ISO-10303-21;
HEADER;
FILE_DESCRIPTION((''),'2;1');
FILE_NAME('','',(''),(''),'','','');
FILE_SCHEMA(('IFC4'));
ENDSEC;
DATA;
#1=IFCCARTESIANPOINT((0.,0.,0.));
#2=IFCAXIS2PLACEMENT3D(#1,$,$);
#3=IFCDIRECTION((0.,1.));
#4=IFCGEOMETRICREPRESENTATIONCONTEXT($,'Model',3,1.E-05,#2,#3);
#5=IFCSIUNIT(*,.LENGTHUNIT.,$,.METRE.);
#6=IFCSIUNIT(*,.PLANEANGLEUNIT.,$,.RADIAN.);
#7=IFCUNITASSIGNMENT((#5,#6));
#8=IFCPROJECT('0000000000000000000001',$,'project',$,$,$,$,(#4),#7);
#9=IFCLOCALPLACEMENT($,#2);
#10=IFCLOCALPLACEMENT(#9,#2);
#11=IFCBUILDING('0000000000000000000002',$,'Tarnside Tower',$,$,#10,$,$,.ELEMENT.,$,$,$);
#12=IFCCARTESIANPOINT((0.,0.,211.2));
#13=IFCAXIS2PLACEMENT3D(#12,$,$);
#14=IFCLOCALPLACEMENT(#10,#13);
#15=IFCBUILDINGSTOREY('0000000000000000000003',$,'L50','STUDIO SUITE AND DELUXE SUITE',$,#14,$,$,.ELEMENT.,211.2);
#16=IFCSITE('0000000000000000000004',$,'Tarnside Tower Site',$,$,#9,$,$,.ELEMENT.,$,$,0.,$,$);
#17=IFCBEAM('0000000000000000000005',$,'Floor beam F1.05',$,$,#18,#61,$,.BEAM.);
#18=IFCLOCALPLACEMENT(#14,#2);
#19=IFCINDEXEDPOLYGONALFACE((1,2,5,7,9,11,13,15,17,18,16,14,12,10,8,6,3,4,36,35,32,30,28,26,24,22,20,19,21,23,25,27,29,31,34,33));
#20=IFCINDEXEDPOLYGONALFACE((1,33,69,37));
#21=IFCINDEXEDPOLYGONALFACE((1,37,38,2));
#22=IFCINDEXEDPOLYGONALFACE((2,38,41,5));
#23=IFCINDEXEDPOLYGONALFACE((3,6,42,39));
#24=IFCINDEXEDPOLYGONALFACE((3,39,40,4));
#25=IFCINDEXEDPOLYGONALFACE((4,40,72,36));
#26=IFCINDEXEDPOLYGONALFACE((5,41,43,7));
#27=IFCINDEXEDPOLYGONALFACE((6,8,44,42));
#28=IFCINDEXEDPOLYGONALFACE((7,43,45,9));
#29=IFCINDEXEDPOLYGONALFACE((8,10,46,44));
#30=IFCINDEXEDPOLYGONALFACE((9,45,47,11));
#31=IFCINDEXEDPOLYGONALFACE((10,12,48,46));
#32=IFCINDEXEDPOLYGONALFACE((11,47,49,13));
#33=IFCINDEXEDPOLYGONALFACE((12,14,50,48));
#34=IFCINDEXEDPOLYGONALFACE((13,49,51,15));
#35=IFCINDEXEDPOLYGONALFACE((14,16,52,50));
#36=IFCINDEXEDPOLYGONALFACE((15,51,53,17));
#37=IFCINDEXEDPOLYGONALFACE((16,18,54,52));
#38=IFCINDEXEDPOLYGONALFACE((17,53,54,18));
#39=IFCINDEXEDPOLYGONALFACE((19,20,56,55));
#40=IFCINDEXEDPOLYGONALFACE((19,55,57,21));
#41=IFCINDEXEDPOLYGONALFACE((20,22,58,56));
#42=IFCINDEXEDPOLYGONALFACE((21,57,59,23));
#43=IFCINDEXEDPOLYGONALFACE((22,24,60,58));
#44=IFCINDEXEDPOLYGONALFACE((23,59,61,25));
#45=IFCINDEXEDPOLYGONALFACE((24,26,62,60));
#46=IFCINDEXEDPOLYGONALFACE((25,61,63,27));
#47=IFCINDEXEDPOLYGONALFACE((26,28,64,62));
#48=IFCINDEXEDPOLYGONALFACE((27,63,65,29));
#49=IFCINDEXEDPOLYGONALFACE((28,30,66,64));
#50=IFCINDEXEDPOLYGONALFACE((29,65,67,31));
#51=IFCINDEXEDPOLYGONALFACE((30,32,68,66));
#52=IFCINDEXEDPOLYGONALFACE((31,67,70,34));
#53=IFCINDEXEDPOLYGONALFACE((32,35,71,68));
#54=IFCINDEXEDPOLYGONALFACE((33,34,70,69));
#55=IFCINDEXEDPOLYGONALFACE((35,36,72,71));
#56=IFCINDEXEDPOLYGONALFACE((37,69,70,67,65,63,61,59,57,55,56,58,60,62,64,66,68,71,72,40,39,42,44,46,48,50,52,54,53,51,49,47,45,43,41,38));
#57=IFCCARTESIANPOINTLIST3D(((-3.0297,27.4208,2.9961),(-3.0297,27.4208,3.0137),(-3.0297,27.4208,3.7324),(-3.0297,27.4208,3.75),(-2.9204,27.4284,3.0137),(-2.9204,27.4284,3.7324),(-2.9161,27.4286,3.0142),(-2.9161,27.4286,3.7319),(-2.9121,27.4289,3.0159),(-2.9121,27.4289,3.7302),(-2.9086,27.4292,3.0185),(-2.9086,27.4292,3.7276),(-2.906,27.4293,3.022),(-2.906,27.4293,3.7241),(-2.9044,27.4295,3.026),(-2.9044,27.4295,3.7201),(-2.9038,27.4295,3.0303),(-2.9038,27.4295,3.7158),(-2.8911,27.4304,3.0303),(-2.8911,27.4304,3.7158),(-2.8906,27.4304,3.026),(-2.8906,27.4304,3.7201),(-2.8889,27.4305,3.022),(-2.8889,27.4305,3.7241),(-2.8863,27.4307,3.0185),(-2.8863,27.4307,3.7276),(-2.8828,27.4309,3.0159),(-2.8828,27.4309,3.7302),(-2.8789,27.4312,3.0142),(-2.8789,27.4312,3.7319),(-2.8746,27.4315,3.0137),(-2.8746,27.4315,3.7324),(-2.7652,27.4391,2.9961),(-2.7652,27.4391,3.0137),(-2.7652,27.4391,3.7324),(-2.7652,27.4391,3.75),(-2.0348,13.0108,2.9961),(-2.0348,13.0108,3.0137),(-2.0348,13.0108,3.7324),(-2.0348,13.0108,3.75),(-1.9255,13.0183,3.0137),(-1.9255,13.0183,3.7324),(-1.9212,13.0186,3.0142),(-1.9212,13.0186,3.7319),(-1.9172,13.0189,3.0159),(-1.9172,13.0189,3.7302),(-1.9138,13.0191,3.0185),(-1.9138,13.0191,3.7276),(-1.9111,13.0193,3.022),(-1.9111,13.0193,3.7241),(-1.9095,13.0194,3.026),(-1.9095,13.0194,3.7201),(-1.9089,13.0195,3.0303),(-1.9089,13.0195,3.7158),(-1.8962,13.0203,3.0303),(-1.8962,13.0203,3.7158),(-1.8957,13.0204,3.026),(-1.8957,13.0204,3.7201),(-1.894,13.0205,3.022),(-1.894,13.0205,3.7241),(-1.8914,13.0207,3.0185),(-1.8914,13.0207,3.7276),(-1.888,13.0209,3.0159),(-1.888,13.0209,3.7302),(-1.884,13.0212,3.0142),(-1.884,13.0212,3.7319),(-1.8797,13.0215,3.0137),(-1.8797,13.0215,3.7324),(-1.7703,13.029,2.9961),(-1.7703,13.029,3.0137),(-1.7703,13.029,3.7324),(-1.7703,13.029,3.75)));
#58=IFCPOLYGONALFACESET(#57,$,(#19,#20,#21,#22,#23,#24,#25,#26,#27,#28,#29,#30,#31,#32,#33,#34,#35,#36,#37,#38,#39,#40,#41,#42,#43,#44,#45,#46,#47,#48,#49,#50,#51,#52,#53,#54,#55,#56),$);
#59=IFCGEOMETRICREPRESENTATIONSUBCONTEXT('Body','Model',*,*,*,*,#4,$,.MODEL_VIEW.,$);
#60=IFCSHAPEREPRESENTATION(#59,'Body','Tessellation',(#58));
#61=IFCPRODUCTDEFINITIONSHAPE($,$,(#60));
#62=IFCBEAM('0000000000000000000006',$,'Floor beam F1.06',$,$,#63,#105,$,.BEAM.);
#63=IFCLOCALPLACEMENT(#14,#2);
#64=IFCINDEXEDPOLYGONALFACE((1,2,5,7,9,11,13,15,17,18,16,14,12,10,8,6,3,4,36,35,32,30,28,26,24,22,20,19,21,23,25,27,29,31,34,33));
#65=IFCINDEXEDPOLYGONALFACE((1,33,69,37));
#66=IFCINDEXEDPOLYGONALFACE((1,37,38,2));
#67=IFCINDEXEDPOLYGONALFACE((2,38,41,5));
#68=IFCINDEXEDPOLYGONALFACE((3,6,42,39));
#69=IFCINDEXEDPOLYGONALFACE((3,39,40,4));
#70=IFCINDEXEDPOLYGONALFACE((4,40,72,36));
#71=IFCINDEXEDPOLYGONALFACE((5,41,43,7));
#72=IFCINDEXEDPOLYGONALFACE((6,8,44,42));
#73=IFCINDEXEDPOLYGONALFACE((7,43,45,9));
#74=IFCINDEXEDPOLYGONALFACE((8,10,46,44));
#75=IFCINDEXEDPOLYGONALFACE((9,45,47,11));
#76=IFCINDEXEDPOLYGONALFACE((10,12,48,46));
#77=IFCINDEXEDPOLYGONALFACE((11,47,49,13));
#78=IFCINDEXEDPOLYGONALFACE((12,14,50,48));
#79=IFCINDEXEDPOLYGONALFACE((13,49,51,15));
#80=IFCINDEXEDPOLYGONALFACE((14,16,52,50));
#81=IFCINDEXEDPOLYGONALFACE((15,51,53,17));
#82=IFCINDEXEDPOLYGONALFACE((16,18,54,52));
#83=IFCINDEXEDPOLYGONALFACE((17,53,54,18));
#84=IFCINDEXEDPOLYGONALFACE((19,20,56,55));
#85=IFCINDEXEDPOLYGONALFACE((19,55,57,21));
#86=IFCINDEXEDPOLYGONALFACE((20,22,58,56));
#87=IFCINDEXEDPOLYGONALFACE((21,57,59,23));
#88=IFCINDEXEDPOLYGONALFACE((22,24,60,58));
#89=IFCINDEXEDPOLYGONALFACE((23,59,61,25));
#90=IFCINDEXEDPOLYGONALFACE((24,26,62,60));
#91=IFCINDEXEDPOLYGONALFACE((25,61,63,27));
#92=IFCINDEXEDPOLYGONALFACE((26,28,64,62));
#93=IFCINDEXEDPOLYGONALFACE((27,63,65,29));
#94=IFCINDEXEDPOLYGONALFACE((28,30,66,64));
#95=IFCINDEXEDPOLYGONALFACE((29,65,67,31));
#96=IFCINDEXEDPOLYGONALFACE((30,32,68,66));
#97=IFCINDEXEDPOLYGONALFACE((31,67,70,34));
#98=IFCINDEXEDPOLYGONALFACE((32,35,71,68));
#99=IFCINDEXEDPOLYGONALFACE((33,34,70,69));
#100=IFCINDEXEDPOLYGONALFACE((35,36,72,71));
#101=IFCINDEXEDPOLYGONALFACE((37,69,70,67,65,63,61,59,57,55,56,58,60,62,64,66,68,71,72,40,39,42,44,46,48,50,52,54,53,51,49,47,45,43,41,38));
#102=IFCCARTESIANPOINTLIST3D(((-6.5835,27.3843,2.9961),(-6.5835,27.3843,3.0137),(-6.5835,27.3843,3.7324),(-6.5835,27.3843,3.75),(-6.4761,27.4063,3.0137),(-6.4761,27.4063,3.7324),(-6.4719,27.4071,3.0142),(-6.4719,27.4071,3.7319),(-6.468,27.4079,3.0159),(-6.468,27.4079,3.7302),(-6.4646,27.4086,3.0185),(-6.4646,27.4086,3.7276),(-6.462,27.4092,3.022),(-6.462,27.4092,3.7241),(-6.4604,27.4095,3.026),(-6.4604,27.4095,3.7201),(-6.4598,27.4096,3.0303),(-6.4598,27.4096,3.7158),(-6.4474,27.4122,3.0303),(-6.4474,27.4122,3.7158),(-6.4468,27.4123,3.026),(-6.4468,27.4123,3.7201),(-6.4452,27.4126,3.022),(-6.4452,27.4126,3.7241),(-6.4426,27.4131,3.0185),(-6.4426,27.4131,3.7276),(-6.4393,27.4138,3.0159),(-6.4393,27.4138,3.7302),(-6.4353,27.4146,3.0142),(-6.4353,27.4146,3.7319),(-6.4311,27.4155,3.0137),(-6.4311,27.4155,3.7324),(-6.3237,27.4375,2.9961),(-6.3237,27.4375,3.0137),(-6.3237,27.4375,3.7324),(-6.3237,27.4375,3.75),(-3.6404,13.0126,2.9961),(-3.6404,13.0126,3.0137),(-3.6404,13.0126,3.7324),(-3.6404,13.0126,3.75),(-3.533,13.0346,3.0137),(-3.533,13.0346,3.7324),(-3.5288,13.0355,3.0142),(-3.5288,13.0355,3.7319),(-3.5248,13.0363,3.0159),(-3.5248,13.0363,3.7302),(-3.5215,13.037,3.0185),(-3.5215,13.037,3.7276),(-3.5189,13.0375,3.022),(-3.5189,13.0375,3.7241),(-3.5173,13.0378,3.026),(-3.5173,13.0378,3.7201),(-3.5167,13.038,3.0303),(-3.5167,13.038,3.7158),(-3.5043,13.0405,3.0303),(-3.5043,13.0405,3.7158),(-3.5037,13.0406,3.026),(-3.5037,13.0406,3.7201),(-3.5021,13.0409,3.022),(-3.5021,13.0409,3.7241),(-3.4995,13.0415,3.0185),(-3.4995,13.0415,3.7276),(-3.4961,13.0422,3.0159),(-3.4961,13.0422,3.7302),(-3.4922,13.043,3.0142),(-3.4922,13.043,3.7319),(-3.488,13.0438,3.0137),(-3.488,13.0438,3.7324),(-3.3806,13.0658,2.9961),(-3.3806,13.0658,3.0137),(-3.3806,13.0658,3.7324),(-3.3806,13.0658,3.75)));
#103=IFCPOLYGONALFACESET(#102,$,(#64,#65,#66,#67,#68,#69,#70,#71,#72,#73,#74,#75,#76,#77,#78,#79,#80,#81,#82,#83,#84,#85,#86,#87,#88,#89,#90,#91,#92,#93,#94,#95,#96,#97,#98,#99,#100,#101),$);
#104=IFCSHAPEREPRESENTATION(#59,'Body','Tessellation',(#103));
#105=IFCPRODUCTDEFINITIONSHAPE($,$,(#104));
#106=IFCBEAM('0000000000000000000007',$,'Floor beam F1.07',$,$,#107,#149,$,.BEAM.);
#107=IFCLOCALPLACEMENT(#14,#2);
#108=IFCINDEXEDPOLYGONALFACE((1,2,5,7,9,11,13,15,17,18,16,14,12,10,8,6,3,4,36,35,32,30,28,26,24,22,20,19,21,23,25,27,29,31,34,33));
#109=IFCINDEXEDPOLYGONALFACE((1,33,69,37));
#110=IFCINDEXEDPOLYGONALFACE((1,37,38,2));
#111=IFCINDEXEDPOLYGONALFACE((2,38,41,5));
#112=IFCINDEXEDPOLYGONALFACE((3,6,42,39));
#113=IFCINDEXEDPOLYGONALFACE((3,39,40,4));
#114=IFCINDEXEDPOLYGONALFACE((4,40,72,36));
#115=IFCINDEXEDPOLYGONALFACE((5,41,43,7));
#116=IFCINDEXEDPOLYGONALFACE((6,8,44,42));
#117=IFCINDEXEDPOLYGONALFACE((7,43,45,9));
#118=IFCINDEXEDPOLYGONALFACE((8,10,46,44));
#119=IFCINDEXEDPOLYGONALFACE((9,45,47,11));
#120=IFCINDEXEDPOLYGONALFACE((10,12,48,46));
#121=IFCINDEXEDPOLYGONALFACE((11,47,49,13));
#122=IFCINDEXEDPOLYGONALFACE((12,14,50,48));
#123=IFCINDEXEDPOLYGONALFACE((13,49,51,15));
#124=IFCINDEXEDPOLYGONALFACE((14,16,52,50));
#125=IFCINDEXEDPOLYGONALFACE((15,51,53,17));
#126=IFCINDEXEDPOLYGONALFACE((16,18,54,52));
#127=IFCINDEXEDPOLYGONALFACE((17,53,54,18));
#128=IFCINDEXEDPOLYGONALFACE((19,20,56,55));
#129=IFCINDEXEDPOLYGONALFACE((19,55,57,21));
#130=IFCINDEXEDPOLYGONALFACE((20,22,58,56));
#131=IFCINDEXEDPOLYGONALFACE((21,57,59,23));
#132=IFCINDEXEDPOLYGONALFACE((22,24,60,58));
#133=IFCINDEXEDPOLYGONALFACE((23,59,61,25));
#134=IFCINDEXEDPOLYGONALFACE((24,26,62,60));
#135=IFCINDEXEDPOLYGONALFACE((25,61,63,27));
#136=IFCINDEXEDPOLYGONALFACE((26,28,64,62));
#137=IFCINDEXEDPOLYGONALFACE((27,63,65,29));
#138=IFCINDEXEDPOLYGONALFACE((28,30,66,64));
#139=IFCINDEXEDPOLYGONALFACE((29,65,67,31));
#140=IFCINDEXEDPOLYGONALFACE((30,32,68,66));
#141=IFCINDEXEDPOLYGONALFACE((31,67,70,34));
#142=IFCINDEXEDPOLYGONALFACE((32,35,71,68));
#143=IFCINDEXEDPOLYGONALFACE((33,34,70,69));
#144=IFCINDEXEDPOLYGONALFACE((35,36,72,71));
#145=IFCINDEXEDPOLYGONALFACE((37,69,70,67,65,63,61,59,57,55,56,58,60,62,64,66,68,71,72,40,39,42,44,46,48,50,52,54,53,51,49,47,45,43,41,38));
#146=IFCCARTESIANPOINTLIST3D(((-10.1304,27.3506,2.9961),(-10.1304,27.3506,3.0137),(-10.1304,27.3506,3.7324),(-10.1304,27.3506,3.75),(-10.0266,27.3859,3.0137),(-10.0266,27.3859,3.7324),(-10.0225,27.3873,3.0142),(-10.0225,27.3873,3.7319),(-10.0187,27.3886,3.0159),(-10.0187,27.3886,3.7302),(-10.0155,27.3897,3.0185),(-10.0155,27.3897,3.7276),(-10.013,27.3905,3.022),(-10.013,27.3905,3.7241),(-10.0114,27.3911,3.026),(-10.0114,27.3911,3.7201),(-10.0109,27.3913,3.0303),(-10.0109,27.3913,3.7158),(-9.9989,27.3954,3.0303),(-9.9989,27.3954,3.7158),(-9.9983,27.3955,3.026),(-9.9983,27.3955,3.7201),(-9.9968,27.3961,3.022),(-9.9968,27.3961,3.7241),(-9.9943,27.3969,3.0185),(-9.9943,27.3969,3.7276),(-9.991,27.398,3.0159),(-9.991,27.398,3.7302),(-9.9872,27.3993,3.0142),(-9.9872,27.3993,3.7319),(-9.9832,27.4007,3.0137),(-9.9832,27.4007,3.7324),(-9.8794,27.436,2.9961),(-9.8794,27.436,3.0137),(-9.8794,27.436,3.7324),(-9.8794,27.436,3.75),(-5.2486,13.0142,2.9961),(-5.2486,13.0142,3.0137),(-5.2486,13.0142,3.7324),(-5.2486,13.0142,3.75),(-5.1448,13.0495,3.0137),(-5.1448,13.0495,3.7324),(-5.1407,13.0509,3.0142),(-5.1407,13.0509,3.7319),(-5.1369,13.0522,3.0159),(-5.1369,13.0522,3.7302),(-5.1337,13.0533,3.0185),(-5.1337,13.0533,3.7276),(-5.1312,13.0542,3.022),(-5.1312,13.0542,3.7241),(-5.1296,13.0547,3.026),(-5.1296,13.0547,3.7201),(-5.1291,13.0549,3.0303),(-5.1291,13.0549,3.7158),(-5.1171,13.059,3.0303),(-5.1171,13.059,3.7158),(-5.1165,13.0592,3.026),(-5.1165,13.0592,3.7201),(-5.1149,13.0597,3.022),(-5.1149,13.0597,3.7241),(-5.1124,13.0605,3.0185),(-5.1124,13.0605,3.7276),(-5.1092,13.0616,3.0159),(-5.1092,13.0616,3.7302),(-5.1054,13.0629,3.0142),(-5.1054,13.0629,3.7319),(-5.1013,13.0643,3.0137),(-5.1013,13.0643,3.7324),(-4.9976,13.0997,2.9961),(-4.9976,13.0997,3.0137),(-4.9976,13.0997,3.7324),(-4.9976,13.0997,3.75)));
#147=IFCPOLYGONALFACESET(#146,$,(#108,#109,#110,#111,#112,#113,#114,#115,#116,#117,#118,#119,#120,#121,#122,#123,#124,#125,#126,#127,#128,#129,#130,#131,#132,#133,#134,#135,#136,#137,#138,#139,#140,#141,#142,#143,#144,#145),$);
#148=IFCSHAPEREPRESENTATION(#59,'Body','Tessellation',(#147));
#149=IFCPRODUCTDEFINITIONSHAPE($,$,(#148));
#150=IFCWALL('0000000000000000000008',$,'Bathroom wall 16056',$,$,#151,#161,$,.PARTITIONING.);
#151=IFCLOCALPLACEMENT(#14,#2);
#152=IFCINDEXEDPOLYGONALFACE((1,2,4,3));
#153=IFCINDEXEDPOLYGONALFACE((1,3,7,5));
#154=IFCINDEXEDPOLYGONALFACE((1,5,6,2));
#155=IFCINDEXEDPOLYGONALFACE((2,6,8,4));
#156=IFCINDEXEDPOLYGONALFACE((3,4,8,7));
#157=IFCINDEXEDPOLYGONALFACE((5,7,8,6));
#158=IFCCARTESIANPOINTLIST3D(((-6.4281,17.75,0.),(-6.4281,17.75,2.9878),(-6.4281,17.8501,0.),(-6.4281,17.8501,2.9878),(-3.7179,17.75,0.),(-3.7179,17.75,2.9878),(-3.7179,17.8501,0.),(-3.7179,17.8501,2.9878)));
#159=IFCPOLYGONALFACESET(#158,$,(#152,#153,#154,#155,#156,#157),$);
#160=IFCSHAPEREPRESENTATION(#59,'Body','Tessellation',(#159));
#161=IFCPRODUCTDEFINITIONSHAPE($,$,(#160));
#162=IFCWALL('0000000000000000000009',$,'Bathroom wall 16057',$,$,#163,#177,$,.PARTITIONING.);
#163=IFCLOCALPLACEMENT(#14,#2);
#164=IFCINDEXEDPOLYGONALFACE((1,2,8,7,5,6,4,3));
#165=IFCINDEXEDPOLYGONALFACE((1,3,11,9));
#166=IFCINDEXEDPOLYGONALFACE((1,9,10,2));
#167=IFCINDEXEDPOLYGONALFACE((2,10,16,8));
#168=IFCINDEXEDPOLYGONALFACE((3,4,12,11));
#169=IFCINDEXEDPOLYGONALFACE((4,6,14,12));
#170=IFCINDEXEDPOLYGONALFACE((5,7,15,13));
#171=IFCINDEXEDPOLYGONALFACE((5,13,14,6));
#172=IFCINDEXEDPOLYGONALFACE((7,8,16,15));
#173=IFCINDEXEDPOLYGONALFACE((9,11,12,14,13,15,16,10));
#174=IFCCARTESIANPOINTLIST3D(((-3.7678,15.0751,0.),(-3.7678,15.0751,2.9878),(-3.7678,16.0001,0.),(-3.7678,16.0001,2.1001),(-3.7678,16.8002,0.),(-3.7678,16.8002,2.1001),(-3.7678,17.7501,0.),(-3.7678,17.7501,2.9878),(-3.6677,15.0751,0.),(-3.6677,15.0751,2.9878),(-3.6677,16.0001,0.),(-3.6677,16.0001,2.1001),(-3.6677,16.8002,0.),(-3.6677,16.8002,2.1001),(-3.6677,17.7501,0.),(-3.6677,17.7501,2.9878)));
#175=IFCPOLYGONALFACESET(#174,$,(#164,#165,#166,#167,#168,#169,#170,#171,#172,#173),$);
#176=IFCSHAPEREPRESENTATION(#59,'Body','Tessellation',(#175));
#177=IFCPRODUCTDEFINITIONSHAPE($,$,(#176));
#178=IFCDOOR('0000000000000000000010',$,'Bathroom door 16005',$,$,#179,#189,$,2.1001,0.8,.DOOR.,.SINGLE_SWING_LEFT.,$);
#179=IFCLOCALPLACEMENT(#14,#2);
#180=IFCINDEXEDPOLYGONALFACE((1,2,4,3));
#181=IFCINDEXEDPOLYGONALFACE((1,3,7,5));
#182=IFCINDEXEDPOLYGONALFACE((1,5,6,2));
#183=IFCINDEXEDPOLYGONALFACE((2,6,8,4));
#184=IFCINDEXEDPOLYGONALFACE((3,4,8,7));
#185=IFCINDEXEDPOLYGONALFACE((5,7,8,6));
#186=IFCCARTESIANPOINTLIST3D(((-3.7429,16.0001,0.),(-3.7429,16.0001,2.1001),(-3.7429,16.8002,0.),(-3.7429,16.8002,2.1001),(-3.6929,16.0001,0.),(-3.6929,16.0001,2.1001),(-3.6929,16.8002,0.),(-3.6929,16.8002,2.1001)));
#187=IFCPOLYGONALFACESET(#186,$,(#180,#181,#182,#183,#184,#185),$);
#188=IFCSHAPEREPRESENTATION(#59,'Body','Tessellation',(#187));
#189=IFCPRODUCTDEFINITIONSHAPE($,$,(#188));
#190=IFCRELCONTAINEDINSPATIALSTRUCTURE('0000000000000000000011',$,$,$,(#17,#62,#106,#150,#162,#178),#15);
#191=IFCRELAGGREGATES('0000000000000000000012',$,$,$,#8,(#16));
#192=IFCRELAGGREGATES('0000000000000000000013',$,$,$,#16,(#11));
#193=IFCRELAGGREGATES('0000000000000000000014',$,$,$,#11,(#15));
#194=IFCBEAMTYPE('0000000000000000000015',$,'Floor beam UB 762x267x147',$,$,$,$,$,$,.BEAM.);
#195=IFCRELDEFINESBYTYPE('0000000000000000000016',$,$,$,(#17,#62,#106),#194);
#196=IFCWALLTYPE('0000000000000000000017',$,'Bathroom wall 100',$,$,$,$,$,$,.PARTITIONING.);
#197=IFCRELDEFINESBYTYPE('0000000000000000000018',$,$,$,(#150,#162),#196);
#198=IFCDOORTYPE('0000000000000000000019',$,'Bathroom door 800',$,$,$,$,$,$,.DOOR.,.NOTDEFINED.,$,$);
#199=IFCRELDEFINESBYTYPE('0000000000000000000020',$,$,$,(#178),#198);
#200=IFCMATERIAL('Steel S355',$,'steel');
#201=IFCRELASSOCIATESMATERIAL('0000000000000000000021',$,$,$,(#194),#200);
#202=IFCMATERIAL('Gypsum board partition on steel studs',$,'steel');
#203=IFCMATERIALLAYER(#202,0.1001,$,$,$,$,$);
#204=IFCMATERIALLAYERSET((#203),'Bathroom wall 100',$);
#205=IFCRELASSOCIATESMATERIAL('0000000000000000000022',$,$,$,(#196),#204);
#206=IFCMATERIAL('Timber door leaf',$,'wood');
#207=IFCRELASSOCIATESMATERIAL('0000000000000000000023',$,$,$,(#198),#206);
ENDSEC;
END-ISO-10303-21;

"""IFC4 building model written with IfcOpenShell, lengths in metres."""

from ifc_helpers import new_model, si_unit, direction, frame, frame_2d, origin, origin_2d, place, context, subcontext, project, spatial, rectangle, i_section, extrude, material, layer, layer_set, material_profile, profile_set, type_object, element, fill, save


model = new_model("IFC4")

# Units and contexts
model_context = context("Model", 3, precision=1e-05, world=origin(), true_north=direction((0.0, 1.0)))
body_context = subcontext(model_context, "Body", "Model", "MODEL_VIEW")
ifc_project = project(units=[si_unit("LENGTHUNIT", "METRE"), si_unit("PLANEANGLEUNIT", "RADIAN")], contexts=[model_context])

# Site, building, storey
site_placement = place(None, origin())
site = spatial("IfcSite", under=ifc_project, at=site_placement, Name="Tarnside Tower Site", CompositionType="ELEMENT", RefElevation=0.0)
building_placement = place(site_placement, origin())
building = spatial("IfcBuilding", under=site, at=building_placement, Name="Tarnside Tower", CompositionType="ELEMENT")
storey_placement = place(building_placement, frame((0.0, 0.0, 211.2)))
storey = spatial("IfcBuildingStorey", under=building, at=storey_placement, Name="L50", Description="STUDIO SUITE AND DELUXE SUITE", CompositionType="ELEMENT", Elevation=211.2)

# Beams
ifc_material_1 = material(Name="Steel S355", Category="steel")
ifc_material_profile = material_profile(ifc_material_1, i_section(OverallWidth=0.2651, OverallDepth=0.7539, WebThickness=0.0127, FlangeThickness=0.0176, FilletRadius=0.0166, at=origin_2d()), Name="UB 762x267x147")
ifc_profile_set = profile_set([ifc_material_profile], Name="Steel S355")
beam_type = type_object("IfcBeamType", Name="Floor beam UB 762x267x147", PredefinedType="BEAM", material=ifc_profile_set)
beam_1_placement = place(storey_placement, frame((-2.8975, 27.4299, 3.373), z_axis=(0.068877, -0.997625, 0.0), x_axis=(0.997625, 0.068877, 0.0)))
element("IfcBeam", 1, at=beam_1_placement, inside=storey, type_object=beam_type, Name="Floor beam F1.05", PredefinedType="BEAM", context=body_context, shape_type="SweptSolid", body=[
    extrude(i_section(OverallWidth=0.2651, OverallDepth=0.7539, WebThickness=0.0127, FlangeThickness=0.0176, FilletRadius=0.0166, at=origin_2d()), origin(), (0.0, 0.0, 1.0), 14.4443),
])
beam_2_placement = place(storey_placement, frame((-6.4536, 27.4109, 3.373), z_axis=(0.200623, -0.979668, 0.0), x_axis=(0.979668, 0.200623, 0.0)))
element("IfcBeam", 2, at=beam_2_placement, inside=storey, type_object=beam_type, Name="Floor beam F1.06", PredefinedType="BEAM", context=body_context, shape_type="SweptSolid", body=[
    extrude(i_section(OverallWidth=0.2651, OverallDepth=0.7539, WebThickness=0.0127, FlangeThickness=0.0176, FilletRadius=0.0166, at=origin_2d()), origin(), (0.0, 0.0, 1.0), 14.6699),
])
beam_3_placement = place(storey_placement, frame((-10.0049, 27.3933, 3.373), z_axis=(0.322344, -0.946623, 0.0), x_axis=(0.946623, 0.322344, 0.0)))
element("IfcBeam", 3, at=beam_3_placement, inside=storey, type_object=beam_type, Name="Floor beam F1.07", PredefinedType="BEAM", context=body_context, shape_type="SweptSolid", body=[
    extrude(i_section(OverallWidth=0.2651, OverallDepth=0.7539, WebThickness=0.0127, FlangeThickness=0.0176, FilletRadius=0.0166, at=origin_2d()), origin(), (0.0, 0.0, 1.0), 15.1448),
])

# Wall
ifc_material_2 = material(Name="Gypsum board partition on steel studs", Category="steel")
ifc_layer_1 = layer(ifc_material_2, 0.1001)
ifc_layer_set_1 = layer_set([ifc_layer_1], Name="Bathroom wall 100")
wall_type_1 = type_object("IfcWallType", Name="Bathroom wall 100", PredefinedType="PARTITIONING", material=ifc_layer_set_1)
wall_1_placement = place(storey_placement, frame((-6.428, 17.8, 0.0), z_axis=(0.0, 0.0, 1.0), x_axis=(1.0, 0.0, 0.0)))
element("IfcWall", 4, at=wall_1_placement, inside=storey, type_object=wall_type_1, Name="Bathroom wall 16056", PredefinedType="PARTITIONING", context=body_context, shape_type="SweptSolid", body=[
    extrude(rectangle(XDim=2.7102, YDim=0.1001, at=frame_2d((1.355, 0.0))), origin(), (0.0, 0.0, 1.0), 2.9878),
])

# Wall, opening, door
wall_2_placement = place(storey_placement, frame((-3.7178, 17.75, 0.0), z_axis=(0.0, 0.0, 1.0), x_axis=(0.0, -1.0, 0.0)))
wall_2 = element("IfcWall", 5, at=wall_2_placement, inside=storey, type_object=wall_type_1, Name="Bathroom wall 16057", PredefinedType="PARTITIONING", context=body_context, shape_type="SweptSolid", body=[
    extrude(rectangle(XDim=2.675, YDim=0.1001, at=frame_2d((1.3374, 0.0))), origin(), (0.0, 0.0, 1.0), 2.9878),
])
opening_1_placement = place(wall_2_placement, frame((0.95, 0.0, 0.0)))
opening_1 = element("IfcOpeningElement", 6, at=opening_1_placement, cuts=wall_2, PredefinedType="OPENING", context=body_context, shape_type="SweptSolid", body=[
    extrude(rectangle(XDim=0.8, YDim=2.1001, at=frame_2d((0.3999, 1.05))), frame((0.0, 0.0601, 0.0), z_axis=(0.0, -1.0, 0.0), x_axis=(1.0, 0.0, 0.0)), (0.0, 0.0, 1.0), 0.1201),
])
ifc_material_3 = material(Name="Timber door leaf", Category="wood")
door_type_1 = type_object("IfcDoorType", Name="Bathroom door 800", OperationType="NOTDEFINED", PredefinedType="DOOR", material=ifc_material_3)
door_1_placement = place(opening_1_placement, origin())
door_1 = element("IfcDoor", 7, at=door_1_placement, inside=storey, type_object=door_type_1, Name="Bathroom door 16005", OperationType="SINGLE_SWING_LEFT", OverallHeight=2.1001, OverallWidth=0.8, PredefinedType="DOOR", context=body_context, shape_type="SweptSolid", body=[
    extrude(rectangle(XDim=0.8, YDim=2.1001, at=frame_2d((0.3999, 1.05))), frame((0.0, 0.0249, 0.0), z_axis=(0.0, -1.0, 0.0), x_axis=(1.0, 0.0, 0.0)), (0.0, 0.0, 1.0), 0.05),
])
fill(opening_1, door_1)

save(model, "model.ifc")
